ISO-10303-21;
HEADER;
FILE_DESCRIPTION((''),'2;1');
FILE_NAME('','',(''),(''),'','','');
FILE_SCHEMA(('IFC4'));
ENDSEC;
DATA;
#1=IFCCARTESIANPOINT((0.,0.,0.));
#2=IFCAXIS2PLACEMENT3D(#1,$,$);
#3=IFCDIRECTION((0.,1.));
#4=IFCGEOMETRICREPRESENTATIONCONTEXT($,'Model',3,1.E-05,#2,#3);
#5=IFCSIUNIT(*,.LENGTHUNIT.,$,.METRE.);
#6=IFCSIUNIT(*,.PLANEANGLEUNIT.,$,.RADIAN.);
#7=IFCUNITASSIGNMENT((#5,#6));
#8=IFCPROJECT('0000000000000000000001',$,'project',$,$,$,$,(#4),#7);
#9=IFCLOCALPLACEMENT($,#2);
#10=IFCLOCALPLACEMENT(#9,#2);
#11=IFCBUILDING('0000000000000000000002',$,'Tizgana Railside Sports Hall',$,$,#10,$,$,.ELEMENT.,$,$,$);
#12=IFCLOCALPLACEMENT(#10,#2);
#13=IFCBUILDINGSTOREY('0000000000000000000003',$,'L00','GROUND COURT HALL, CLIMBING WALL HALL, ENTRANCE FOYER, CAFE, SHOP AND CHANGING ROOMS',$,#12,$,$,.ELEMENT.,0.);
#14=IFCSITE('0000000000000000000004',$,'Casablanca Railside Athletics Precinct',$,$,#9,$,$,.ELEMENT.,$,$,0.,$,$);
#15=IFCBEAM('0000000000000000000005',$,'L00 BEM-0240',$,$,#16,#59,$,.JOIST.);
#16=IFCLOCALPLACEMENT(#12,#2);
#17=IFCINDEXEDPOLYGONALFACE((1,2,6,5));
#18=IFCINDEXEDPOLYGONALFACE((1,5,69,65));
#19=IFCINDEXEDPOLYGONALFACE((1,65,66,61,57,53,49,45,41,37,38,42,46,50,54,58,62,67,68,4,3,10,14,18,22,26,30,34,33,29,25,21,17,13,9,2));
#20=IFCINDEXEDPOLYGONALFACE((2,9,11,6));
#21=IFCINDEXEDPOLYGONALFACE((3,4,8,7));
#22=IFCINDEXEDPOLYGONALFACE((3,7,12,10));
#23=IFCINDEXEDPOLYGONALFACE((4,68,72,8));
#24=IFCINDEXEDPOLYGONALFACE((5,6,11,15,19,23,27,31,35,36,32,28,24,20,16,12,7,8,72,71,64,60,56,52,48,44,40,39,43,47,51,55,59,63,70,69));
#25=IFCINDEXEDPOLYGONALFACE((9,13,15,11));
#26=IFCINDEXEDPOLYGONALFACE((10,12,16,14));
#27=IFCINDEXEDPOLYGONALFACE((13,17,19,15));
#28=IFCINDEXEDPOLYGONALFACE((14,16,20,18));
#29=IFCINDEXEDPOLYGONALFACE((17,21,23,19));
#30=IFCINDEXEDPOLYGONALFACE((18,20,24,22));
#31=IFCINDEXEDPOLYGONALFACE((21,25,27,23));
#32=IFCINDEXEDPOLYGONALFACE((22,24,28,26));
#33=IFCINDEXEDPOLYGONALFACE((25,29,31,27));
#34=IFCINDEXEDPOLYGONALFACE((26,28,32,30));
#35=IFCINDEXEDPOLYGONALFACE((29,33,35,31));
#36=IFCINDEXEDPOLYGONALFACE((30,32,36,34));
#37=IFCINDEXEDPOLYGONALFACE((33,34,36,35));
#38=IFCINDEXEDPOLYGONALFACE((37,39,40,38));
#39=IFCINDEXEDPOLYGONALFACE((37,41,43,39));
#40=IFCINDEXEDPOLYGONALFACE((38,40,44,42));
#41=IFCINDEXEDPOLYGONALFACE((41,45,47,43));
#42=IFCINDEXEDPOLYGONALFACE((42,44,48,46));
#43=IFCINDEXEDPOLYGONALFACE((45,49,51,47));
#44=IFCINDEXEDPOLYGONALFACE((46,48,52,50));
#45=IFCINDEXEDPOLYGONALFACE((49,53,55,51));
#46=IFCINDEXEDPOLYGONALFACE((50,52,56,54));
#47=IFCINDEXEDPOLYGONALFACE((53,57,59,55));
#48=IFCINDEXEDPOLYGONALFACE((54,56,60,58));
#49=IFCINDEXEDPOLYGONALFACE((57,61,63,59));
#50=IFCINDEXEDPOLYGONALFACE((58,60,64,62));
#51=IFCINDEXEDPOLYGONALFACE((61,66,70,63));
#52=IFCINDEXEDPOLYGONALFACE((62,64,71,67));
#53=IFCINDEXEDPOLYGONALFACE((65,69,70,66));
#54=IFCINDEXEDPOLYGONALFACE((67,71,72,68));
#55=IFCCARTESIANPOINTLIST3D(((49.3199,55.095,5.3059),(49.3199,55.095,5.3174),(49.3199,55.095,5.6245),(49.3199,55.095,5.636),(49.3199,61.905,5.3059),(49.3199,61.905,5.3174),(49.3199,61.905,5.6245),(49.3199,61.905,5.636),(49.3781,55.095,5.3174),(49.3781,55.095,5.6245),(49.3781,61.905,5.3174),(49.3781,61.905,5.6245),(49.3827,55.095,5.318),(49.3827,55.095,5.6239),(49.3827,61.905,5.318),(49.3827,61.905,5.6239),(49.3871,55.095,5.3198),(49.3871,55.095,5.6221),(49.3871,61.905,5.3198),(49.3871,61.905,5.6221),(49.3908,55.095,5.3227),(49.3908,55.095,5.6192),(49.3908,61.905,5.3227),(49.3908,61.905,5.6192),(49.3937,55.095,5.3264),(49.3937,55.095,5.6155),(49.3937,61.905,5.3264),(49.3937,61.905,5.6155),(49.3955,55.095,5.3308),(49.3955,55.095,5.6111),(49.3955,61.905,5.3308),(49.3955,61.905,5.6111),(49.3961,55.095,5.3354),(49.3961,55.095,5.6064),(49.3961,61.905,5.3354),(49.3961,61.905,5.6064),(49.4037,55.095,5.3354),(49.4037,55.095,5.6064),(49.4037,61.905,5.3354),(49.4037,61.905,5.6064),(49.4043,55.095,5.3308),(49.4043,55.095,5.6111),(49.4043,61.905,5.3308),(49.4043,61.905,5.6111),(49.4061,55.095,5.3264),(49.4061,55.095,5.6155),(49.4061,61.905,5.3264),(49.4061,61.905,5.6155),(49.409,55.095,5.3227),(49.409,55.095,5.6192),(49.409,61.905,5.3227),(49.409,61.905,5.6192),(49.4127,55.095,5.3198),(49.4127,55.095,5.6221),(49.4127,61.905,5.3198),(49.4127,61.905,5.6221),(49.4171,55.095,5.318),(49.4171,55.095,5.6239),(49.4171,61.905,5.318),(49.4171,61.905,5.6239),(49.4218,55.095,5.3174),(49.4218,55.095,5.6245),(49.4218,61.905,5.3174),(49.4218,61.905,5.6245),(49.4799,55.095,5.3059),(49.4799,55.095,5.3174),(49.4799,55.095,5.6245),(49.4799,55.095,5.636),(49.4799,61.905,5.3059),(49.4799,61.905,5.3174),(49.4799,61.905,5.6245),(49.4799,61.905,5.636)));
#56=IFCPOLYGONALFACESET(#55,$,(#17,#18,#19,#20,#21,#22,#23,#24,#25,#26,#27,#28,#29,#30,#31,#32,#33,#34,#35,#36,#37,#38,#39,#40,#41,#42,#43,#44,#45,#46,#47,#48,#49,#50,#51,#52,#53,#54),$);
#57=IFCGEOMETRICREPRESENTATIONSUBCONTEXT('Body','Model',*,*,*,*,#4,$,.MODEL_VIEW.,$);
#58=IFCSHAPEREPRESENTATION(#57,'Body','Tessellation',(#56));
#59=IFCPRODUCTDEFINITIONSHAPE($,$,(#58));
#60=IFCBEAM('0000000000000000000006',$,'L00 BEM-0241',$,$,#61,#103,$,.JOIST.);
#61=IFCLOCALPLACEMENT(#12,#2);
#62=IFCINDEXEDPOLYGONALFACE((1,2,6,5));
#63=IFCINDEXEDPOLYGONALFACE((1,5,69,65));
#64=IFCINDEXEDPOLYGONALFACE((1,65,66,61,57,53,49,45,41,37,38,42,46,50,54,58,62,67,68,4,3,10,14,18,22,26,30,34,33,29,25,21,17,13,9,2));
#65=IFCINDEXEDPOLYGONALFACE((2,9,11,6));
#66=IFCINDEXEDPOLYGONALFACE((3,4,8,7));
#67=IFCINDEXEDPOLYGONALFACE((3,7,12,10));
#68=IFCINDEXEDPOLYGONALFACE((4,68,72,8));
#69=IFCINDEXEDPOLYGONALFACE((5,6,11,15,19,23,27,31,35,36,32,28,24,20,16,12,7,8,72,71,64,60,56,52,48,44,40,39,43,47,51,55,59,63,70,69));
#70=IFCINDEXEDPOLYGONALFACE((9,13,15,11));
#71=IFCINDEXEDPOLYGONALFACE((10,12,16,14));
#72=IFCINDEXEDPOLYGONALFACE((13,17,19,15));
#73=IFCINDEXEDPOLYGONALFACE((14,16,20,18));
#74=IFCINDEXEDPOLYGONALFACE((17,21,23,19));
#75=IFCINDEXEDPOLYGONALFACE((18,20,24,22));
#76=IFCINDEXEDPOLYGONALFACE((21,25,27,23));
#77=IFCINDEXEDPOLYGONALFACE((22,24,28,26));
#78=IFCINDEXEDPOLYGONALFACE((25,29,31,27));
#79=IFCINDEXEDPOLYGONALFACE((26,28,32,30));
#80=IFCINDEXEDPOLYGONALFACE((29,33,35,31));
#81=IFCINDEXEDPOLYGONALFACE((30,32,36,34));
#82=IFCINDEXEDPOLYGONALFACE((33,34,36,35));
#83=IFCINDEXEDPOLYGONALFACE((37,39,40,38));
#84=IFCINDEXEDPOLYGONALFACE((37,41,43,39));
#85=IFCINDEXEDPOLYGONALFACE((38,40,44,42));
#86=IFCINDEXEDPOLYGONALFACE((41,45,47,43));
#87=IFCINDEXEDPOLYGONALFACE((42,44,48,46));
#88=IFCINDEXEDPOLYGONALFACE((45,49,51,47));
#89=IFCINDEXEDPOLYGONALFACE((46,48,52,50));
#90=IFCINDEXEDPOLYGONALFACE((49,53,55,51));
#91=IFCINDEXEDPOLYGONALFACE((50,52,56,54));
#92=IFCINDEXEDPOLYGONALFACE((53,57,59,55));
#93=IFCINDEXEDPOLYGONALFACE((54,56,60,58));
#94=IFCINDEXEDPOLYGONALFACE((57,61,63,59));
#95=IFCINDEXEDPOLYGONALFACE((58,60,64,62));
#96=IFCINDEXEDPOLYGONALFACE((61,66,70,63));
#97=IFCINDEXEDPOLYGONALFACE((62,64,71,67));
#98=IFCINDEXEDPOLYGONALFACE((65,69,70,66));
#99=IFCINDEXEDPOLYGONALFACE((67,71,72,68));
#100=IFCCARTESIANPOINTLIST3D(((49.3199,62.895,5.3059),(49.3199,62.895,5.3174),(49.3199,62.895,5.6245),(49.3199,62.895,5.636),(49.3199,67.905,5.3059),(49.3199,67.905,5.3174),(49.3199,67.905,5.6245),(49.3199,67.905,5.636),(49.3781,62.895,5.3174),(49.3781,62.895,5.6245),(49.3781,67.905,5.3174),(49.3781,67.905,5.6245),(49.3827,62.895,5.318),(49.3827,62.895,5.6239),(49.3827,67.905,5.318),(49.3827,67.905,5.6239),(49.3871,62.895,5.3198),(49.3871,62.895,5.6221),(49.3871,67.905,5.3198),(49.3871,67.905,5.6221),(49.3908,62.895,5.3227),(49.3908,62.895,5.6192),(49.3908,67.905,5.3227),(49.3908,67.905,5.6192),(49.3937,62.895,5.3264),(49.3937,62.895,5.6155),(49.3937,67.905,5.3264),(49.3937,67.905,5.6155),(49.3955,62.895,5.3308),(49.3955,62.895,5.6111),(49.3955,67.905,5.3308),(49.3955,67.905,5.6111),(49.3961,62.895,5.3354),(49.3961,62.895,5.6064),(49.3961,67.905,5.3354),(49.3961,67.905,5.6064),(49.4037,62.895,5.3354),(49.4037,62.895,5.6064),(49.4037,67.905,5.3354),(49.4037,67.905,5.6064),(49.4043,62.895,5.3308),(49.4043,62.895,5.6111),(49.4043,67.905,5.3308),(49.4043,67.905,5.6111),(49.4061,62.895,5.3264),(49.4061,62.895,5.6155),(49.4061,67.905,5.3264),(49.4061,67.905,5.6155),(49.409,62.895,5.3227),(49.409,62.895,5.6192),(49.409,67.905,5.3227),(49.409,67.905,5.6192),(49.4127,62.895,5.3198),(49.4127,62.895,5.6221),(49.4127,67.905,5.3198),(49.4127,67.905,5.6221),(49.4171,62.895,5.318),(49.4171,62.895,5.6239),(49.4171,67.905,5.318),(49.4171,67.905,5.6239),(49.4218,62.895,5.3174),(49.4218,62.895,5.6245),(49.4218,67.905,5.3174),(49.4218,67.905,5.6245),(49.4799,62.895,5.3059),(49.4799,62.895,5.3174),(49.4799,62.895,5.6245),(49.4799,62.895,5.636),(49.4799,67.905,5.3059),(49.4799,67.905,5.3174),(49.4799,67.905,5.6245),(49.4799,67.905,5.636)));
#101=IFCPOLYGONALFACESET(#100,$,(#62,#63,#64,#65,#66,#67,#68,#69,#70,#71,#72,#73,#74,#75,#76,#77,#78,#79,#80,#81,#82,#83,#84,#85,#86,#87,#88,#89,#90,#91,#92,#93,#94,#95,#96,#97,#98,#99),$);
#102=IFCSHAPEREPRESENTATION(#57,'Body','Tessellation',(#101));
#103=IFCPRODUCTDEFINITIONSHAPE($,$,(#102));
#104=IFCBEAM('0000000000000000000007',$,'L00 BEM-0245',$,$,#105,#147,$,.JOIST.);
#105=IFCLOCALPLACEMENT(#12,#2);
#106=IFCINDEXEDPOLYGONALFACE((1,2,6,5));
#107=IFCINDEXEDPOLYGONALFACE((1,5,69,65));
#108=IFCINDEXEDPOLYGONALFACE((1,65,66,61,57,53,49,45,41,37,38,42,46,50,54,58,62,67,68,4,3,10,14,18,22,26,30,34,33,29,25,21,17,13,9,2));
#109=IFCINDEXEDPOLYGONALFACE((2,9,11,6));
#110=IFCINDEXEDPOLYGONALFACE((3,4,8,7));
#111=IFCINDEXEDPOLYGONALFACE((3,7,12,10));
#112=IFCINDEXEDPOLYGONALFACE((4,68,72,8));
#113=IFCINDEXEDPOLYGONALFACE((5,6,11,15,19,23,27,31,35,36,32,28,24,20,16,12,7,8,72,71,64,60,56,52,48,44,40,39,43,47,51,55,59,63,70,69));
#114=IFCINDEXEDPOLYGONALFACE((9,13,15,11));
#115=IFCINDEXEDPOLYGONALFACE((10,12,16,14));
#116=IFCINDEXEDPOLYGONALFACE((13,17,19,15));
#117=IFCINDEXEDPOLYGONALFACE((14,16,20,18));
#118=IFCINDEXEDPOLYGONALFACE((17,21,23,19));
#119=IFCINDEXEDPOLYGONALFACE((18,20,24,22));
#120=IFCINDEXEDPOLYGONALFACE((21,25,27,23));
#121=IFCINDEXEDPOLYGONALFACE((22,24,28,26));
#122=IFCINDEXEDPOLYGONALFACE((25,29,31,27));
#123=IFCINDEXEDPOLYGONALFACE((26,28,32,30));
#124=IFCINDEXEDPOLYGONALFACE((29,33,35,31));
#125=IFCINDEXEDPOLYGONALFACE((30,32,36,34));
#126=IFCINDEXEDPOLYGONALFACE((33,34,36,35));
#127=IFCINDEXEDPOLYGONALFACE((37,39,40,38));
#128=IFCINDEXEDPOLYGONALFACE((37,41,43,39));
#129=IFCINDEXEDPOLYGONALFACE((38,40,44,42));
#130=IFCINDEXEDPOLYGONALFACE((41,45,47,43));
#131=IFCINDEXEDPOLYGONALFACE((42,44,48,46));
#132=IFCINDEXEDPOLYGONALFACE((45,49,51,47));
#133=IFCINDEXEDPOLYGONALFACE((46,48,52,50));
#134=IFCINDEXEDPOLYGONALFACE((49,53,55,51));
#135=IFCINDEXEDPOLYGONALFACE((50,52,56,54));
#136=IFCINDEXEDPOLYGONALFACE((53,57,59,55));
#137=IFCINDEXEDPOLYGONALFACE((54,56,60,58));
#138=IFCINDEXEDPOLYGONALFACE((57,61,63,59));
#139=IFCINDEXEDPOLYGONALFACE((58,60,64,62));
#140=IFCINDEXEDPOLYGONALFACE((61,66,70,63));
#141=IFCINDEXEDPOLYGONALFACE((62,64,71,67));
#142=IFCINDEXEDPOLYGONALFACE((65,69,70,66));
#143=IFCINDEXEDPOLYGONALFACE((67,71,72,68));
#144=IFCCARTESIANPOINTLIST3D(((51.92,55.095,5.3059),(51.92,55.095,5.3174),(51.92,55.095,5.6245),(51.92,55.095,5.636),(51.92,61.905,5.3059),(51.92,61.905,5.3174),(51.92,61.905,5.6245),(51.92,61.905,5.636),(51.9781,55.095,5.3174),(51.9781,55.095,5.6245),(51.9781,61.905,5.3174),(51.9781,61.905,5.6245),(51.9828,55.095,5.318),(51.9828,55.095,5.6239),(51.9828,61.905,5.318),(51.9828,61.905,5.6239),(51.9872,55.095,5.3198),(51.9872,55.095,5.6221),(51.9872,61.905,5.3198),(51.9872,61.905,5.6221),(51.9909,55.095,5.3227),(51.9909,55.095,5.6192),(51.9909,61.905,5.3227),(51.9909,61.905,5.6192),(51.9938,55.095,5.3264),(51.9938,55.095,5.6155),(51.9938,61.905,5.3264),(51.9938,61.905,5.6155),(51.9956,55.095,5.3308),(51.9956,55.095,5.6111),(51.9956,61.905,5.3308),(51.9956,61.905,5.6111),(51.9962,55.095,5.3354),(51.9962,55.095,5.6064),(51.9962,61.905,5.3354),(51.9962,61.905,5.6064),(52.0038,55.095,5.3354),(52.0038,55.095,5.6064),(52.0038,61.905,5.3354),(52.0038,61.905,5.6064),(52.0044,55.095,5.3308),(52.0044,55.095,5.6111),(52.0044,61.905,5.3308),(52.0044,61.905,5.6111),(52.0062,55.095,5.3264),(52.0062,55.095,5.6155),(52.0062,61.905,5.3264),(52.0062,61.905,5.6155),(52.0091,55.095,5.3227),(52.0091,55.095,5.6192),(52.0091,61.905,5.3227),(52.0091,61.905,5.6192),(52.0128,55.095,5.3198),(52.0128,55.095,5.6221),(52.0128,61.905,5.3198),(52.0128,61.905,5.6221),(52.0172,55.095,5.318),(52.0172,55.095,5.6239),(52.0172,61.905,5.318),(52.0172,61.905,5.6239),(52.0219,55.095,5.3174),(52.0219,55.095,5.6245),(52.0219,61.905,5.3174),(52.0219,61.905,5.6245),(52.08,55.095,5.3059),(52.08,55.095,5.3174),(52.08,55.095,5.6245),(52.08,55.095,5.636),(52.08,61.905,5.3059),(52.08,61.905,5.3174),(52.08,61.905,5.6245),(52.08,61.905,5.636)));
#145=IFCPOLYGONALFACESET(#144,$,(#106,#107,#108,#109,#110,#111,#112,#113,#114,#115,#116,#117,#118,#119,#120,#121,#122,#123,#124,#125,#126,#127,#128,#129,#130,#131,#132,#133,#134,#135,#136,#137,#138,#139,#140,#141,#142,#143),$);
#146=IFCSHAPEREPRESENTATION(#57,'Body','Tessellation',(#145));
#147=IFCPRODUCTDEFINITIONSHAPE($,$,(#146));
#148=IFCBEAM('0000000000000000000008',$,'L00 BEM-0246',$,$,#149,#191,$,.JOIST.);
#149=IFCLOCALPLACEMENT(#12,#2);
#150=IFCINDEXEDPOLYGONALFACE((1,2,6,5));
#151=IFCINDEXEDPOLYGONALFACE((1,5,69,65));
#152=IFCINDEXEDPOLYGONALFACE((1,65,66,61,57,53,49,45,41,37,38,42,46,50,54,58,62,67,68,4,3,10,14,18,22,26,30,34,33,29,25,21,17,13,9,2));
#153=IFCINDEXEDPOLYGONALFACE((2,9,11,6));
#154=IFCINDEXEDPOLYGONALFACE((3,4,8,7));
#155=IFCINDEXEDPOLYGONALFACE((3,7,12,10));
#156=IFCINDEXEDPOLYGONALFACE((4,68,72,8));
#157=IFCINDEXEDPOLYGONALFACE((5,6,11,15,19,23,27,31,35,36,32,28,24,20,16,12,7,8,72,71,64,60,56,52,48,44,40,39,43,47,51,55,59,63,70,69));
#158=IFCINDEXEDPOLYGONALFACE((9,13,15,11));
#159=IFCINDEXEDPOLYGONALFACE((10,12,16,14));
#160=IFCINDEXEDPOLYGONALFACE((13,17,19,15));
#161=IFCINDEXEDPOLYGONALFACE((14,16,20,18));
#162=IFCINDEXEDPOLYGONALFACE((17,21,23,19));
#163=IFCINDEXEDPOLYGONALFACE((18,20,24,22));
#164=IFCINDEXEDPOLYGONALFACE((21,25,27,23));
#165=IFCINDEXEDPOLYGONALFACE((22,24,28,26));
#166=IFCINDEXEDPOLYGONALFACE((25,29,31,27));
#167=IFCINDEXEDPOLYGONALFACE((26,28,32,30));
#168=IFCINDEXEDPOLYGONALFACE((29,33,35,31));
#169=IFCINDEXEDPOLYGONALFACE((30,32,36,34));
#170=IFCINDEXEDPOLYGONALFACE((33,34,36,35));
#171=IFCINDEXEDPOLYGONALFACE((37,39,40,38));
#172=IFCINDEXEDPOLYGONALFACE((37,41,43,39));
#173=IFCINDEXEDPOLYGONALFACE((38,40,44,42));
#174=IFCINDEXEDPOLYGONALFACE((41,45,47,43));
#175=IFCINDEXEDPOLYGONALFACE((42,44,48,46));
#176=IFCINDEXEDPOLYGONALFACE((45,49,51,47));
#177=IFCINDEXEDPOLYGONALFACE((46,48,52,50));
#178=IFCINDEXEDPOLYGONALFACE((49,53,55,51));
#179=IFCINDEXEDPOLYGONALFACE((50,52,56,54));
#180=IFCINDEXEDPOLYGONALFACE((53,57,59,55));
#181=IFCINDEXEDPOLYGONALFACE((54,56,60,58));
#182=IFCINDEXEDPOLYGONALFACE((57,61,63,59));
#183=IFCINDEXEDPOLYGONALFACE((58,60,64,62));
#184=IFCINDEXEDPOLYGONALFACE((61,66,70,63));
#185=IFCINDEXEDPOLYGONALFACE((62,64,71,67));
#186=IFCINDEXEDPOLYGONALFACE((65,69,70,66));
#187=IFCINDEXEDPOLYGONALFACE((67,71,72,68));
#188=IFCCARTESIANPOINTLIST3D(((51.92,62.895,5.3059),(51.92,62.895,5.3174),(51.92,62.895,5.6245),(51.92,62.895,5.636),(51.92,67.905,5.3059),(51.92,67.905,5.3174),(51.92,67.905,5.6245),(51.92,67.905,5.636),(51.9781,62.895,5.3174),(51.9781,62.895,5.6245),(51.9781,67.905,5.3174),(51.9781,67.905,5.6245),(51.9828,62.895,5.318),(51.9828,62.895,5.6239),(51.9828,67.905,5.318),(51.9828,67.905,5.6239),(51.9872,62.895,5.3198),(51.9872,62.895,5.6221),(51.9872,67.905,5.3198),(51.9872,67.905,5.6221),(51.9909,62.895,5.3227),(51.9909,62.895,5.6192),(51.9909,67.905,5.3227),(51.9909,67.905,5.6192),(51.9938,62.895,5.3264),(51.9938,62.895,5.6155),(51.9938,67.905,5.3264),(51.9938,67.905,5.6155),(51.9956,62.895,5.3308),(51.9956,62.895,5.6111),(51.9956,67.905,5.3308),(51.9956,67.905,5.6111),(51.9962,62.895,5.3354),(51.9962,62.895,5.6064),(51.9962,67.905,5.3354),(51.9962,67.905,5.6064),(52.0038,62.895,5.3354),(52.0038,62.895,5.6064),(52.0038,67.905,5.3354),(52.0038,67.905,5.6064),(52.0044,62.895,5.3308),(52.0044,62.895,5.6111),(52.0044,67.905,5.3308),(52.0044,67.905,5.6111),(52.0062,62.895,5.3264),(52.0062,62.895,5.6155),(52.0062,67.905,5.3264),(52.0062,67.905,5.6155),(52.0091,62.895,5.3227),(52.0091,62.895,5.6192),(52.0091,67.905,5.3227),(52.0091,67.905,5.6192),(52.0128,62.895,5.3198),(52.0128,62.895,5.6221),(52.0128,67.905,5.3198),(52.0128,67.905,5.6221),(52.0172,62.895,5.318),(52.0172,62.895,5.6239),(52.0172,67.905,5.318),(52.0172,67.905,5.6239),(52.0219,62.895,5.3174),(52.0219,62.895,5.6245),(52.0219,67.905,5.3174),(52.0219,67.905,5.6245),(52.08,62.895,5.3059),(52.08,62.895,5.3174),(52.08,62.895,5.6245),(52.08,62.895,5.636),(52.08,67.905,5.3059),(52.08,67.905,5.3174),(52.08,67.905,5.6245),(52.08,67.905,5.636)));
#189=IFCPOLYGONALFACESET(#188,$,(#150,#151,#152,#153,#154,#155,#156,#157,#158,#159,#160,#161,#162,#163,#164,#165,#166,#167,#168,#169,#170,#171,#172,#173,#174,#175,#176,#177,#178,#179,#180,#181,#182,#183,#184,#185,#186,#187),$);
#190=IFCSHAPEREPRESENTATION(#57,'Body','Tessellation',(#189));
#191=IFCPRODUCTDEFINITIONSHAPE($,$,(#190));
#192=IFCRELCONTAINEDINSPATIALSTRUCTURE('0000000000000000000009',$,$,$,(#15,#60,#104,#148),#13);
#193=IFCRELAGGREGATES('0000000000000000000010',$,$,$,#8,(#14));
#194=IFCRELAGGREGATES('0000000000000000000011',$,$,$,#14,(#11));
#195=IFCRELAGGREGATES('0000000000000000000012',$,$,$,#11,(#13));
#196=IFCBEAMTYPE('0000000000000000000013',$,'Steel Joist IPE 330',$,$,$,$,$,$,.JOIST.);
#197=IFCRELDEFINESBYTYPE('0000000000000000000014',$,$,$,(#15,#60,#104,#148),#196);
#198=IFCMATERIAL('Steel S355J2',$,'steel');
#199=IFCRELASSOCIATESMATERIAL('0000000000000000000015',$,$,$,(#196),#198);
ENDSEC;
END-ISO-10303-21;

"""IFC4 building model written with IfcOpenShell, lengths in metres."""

from ifc_helpers import new_model, si_unit, direction, frame, origin, origin_2d, place, context, subcontext, project, spatial, i_section, extrude, material, material_profile, profile_set, type_object, element, save


model = new_model("IFC4")

# Units and contexts
model_context = context("Model", 3, precision=1e-05, world=origin(), true_north=direction((0.0, 1.0)))
body_context = subcontext(model_context, "Body", "Model", "MODEL_VIEW")
ifc_project = project(units=[si_unit("LENGTHUNIT", "METRE"), si_unit("PLANEANGLEUNIT", "RADIAN")], contexts=[model_context])

# Site, building, storey
site_placement = place(None, origin())
site = spatial("IfcSite", under=ifc_project, at=site_placement, Name="Casablanca Railside Athletics Precinct", CompositionType="ELEMENT", RefElevation=0.0)
building_placement = place(site_placement, origin())
building = spatial("IfcBuilding", under=site, at=building_placement, Name="Tizgana Railside Sports Hall", CompositionType="ELEMENT")
storey_placement = place(building_placement, origin())
storey = spatial("IfcBuildingStorey", under=building, at=storey_placement, Name="L00", Description="GROUND COURT HALL, CLIMBING WALL HALL, ENTRANCE FOYER, CAFE, SHOP AND CHANGING ROOMS", CompositionType="ELEMENT", Elevation=0.0)

# Shared definitions
ifc_material_1 = material(Name="Steel S355J2", Category="steel")

# Beams
ifc_material_profile_1 = material_profile(ifc_material_1, i_section(OverallWidth=0.1599, OverallDepth=0.3301, WebThickness=0.0076, FlangeThickness=0.0115, FilletRadius=0.0181, at=origin_2d()), Name="IPE 330")
ifc_profile_set_1 = profile_set([ifc_material_profile_1], Name="Steel S355J2")
beam_type_1 = type_object("IfcBeamType", Name="Steel Joist IPE 330", PredefinedType="JOIST", material=ifc_profile_set_1)
beam_1_placement = place(storey_placement, frame((49.3999, 55.095, 5.4709), z_axis=(0.0, 1.0, 0.0), x_axis=(-1.0, 0.0, 0.0)))
element("IfcBeam", 1, at=beam_1_placement, inside=storey, type_object=beam_type_1, Name="L00 BEM-0240", PredefinedType="JOIST", context=body_context, shape_type="SweptSolid", body=[
    extrude(i_section(OverallWidth=0.1599, OverallDepth=0.3301, WebThickness=0.0076, FlangeThickness=0.0115, FilletRadius=0.0181, at=origin_2d()), origin(), (0.0, 0.0, 1.0), 6.8101),
])
beam_2_placement = place(storey_placement, frame((49.3999, 62.895, 5.4709), z_axis=(0.0, 1.0, 0.0), x_axis=(-1.0, 0.0, 0.0)))
element("IfcBeam", 2, at=beam_2_placement, inside=storey, type_object=beam_type_1, Name="L00 BEM-0241", PredefinedType="JOIST", context=body_context, shape_type="SweptSolid", body=[
    extrude(i_section(OverallWidth=0.1599, OverallDepth=0.3301, WebThickness=0.0076, FlangeThickness=0.0115, FilletRadius=0.0181, at=origin_2d()), origin(), (0.0, 0.0, 1.0), 5.01),
])
beam_3_placement = place(storey_placement, frame((52.0, 55.095, 5.4709), z_axis=(0.0, 1.0, 0.0), x_axis=(-1.0, 0.0, 0.0)))
element("IfcBeam", 3, at=beam_3_placement, inside=storey, type_object=beam_type_1, Name="L00 BEM-0245", PredefinedType="JOIST", context=body_context, shape_type="SweptSolid", body=[
    extrude(i_section(OverallWidth=0.1599, OverallDepth=0.3301, WebThickness=0.0076, FlangeThickness=0.0115, FilletRadius=0.0181, at=origin_2d()), origin(), (0.0, 0.0, 1.0), 6.8101),
])
beam_4_placement = place(storey_placement, frame((52.0, 62.895, 5.4709), z_axis=(0.0, 1.0, 0.0), x_axis=(-1.0, 0.0, 0.0)))
element("IfcBeam", 4, at=beam_4_placement, inside=storey, type_object=beam_type_1, Name="L00 BEM-0246", PredefinedType="JOIST", context=body_context, shape_type="SweptSolid", body=[
    extrude(i_section(OverallWidth=0.1599, OverallDepth=0.3301, WebThickness=0.0076, FlangeThickness=0.0115, FilletRadius=0.0181, at=origin_2d()), origin(), (0.0, 0.0, 1.0), 5.01),
])

save(model, "model.ifc")
